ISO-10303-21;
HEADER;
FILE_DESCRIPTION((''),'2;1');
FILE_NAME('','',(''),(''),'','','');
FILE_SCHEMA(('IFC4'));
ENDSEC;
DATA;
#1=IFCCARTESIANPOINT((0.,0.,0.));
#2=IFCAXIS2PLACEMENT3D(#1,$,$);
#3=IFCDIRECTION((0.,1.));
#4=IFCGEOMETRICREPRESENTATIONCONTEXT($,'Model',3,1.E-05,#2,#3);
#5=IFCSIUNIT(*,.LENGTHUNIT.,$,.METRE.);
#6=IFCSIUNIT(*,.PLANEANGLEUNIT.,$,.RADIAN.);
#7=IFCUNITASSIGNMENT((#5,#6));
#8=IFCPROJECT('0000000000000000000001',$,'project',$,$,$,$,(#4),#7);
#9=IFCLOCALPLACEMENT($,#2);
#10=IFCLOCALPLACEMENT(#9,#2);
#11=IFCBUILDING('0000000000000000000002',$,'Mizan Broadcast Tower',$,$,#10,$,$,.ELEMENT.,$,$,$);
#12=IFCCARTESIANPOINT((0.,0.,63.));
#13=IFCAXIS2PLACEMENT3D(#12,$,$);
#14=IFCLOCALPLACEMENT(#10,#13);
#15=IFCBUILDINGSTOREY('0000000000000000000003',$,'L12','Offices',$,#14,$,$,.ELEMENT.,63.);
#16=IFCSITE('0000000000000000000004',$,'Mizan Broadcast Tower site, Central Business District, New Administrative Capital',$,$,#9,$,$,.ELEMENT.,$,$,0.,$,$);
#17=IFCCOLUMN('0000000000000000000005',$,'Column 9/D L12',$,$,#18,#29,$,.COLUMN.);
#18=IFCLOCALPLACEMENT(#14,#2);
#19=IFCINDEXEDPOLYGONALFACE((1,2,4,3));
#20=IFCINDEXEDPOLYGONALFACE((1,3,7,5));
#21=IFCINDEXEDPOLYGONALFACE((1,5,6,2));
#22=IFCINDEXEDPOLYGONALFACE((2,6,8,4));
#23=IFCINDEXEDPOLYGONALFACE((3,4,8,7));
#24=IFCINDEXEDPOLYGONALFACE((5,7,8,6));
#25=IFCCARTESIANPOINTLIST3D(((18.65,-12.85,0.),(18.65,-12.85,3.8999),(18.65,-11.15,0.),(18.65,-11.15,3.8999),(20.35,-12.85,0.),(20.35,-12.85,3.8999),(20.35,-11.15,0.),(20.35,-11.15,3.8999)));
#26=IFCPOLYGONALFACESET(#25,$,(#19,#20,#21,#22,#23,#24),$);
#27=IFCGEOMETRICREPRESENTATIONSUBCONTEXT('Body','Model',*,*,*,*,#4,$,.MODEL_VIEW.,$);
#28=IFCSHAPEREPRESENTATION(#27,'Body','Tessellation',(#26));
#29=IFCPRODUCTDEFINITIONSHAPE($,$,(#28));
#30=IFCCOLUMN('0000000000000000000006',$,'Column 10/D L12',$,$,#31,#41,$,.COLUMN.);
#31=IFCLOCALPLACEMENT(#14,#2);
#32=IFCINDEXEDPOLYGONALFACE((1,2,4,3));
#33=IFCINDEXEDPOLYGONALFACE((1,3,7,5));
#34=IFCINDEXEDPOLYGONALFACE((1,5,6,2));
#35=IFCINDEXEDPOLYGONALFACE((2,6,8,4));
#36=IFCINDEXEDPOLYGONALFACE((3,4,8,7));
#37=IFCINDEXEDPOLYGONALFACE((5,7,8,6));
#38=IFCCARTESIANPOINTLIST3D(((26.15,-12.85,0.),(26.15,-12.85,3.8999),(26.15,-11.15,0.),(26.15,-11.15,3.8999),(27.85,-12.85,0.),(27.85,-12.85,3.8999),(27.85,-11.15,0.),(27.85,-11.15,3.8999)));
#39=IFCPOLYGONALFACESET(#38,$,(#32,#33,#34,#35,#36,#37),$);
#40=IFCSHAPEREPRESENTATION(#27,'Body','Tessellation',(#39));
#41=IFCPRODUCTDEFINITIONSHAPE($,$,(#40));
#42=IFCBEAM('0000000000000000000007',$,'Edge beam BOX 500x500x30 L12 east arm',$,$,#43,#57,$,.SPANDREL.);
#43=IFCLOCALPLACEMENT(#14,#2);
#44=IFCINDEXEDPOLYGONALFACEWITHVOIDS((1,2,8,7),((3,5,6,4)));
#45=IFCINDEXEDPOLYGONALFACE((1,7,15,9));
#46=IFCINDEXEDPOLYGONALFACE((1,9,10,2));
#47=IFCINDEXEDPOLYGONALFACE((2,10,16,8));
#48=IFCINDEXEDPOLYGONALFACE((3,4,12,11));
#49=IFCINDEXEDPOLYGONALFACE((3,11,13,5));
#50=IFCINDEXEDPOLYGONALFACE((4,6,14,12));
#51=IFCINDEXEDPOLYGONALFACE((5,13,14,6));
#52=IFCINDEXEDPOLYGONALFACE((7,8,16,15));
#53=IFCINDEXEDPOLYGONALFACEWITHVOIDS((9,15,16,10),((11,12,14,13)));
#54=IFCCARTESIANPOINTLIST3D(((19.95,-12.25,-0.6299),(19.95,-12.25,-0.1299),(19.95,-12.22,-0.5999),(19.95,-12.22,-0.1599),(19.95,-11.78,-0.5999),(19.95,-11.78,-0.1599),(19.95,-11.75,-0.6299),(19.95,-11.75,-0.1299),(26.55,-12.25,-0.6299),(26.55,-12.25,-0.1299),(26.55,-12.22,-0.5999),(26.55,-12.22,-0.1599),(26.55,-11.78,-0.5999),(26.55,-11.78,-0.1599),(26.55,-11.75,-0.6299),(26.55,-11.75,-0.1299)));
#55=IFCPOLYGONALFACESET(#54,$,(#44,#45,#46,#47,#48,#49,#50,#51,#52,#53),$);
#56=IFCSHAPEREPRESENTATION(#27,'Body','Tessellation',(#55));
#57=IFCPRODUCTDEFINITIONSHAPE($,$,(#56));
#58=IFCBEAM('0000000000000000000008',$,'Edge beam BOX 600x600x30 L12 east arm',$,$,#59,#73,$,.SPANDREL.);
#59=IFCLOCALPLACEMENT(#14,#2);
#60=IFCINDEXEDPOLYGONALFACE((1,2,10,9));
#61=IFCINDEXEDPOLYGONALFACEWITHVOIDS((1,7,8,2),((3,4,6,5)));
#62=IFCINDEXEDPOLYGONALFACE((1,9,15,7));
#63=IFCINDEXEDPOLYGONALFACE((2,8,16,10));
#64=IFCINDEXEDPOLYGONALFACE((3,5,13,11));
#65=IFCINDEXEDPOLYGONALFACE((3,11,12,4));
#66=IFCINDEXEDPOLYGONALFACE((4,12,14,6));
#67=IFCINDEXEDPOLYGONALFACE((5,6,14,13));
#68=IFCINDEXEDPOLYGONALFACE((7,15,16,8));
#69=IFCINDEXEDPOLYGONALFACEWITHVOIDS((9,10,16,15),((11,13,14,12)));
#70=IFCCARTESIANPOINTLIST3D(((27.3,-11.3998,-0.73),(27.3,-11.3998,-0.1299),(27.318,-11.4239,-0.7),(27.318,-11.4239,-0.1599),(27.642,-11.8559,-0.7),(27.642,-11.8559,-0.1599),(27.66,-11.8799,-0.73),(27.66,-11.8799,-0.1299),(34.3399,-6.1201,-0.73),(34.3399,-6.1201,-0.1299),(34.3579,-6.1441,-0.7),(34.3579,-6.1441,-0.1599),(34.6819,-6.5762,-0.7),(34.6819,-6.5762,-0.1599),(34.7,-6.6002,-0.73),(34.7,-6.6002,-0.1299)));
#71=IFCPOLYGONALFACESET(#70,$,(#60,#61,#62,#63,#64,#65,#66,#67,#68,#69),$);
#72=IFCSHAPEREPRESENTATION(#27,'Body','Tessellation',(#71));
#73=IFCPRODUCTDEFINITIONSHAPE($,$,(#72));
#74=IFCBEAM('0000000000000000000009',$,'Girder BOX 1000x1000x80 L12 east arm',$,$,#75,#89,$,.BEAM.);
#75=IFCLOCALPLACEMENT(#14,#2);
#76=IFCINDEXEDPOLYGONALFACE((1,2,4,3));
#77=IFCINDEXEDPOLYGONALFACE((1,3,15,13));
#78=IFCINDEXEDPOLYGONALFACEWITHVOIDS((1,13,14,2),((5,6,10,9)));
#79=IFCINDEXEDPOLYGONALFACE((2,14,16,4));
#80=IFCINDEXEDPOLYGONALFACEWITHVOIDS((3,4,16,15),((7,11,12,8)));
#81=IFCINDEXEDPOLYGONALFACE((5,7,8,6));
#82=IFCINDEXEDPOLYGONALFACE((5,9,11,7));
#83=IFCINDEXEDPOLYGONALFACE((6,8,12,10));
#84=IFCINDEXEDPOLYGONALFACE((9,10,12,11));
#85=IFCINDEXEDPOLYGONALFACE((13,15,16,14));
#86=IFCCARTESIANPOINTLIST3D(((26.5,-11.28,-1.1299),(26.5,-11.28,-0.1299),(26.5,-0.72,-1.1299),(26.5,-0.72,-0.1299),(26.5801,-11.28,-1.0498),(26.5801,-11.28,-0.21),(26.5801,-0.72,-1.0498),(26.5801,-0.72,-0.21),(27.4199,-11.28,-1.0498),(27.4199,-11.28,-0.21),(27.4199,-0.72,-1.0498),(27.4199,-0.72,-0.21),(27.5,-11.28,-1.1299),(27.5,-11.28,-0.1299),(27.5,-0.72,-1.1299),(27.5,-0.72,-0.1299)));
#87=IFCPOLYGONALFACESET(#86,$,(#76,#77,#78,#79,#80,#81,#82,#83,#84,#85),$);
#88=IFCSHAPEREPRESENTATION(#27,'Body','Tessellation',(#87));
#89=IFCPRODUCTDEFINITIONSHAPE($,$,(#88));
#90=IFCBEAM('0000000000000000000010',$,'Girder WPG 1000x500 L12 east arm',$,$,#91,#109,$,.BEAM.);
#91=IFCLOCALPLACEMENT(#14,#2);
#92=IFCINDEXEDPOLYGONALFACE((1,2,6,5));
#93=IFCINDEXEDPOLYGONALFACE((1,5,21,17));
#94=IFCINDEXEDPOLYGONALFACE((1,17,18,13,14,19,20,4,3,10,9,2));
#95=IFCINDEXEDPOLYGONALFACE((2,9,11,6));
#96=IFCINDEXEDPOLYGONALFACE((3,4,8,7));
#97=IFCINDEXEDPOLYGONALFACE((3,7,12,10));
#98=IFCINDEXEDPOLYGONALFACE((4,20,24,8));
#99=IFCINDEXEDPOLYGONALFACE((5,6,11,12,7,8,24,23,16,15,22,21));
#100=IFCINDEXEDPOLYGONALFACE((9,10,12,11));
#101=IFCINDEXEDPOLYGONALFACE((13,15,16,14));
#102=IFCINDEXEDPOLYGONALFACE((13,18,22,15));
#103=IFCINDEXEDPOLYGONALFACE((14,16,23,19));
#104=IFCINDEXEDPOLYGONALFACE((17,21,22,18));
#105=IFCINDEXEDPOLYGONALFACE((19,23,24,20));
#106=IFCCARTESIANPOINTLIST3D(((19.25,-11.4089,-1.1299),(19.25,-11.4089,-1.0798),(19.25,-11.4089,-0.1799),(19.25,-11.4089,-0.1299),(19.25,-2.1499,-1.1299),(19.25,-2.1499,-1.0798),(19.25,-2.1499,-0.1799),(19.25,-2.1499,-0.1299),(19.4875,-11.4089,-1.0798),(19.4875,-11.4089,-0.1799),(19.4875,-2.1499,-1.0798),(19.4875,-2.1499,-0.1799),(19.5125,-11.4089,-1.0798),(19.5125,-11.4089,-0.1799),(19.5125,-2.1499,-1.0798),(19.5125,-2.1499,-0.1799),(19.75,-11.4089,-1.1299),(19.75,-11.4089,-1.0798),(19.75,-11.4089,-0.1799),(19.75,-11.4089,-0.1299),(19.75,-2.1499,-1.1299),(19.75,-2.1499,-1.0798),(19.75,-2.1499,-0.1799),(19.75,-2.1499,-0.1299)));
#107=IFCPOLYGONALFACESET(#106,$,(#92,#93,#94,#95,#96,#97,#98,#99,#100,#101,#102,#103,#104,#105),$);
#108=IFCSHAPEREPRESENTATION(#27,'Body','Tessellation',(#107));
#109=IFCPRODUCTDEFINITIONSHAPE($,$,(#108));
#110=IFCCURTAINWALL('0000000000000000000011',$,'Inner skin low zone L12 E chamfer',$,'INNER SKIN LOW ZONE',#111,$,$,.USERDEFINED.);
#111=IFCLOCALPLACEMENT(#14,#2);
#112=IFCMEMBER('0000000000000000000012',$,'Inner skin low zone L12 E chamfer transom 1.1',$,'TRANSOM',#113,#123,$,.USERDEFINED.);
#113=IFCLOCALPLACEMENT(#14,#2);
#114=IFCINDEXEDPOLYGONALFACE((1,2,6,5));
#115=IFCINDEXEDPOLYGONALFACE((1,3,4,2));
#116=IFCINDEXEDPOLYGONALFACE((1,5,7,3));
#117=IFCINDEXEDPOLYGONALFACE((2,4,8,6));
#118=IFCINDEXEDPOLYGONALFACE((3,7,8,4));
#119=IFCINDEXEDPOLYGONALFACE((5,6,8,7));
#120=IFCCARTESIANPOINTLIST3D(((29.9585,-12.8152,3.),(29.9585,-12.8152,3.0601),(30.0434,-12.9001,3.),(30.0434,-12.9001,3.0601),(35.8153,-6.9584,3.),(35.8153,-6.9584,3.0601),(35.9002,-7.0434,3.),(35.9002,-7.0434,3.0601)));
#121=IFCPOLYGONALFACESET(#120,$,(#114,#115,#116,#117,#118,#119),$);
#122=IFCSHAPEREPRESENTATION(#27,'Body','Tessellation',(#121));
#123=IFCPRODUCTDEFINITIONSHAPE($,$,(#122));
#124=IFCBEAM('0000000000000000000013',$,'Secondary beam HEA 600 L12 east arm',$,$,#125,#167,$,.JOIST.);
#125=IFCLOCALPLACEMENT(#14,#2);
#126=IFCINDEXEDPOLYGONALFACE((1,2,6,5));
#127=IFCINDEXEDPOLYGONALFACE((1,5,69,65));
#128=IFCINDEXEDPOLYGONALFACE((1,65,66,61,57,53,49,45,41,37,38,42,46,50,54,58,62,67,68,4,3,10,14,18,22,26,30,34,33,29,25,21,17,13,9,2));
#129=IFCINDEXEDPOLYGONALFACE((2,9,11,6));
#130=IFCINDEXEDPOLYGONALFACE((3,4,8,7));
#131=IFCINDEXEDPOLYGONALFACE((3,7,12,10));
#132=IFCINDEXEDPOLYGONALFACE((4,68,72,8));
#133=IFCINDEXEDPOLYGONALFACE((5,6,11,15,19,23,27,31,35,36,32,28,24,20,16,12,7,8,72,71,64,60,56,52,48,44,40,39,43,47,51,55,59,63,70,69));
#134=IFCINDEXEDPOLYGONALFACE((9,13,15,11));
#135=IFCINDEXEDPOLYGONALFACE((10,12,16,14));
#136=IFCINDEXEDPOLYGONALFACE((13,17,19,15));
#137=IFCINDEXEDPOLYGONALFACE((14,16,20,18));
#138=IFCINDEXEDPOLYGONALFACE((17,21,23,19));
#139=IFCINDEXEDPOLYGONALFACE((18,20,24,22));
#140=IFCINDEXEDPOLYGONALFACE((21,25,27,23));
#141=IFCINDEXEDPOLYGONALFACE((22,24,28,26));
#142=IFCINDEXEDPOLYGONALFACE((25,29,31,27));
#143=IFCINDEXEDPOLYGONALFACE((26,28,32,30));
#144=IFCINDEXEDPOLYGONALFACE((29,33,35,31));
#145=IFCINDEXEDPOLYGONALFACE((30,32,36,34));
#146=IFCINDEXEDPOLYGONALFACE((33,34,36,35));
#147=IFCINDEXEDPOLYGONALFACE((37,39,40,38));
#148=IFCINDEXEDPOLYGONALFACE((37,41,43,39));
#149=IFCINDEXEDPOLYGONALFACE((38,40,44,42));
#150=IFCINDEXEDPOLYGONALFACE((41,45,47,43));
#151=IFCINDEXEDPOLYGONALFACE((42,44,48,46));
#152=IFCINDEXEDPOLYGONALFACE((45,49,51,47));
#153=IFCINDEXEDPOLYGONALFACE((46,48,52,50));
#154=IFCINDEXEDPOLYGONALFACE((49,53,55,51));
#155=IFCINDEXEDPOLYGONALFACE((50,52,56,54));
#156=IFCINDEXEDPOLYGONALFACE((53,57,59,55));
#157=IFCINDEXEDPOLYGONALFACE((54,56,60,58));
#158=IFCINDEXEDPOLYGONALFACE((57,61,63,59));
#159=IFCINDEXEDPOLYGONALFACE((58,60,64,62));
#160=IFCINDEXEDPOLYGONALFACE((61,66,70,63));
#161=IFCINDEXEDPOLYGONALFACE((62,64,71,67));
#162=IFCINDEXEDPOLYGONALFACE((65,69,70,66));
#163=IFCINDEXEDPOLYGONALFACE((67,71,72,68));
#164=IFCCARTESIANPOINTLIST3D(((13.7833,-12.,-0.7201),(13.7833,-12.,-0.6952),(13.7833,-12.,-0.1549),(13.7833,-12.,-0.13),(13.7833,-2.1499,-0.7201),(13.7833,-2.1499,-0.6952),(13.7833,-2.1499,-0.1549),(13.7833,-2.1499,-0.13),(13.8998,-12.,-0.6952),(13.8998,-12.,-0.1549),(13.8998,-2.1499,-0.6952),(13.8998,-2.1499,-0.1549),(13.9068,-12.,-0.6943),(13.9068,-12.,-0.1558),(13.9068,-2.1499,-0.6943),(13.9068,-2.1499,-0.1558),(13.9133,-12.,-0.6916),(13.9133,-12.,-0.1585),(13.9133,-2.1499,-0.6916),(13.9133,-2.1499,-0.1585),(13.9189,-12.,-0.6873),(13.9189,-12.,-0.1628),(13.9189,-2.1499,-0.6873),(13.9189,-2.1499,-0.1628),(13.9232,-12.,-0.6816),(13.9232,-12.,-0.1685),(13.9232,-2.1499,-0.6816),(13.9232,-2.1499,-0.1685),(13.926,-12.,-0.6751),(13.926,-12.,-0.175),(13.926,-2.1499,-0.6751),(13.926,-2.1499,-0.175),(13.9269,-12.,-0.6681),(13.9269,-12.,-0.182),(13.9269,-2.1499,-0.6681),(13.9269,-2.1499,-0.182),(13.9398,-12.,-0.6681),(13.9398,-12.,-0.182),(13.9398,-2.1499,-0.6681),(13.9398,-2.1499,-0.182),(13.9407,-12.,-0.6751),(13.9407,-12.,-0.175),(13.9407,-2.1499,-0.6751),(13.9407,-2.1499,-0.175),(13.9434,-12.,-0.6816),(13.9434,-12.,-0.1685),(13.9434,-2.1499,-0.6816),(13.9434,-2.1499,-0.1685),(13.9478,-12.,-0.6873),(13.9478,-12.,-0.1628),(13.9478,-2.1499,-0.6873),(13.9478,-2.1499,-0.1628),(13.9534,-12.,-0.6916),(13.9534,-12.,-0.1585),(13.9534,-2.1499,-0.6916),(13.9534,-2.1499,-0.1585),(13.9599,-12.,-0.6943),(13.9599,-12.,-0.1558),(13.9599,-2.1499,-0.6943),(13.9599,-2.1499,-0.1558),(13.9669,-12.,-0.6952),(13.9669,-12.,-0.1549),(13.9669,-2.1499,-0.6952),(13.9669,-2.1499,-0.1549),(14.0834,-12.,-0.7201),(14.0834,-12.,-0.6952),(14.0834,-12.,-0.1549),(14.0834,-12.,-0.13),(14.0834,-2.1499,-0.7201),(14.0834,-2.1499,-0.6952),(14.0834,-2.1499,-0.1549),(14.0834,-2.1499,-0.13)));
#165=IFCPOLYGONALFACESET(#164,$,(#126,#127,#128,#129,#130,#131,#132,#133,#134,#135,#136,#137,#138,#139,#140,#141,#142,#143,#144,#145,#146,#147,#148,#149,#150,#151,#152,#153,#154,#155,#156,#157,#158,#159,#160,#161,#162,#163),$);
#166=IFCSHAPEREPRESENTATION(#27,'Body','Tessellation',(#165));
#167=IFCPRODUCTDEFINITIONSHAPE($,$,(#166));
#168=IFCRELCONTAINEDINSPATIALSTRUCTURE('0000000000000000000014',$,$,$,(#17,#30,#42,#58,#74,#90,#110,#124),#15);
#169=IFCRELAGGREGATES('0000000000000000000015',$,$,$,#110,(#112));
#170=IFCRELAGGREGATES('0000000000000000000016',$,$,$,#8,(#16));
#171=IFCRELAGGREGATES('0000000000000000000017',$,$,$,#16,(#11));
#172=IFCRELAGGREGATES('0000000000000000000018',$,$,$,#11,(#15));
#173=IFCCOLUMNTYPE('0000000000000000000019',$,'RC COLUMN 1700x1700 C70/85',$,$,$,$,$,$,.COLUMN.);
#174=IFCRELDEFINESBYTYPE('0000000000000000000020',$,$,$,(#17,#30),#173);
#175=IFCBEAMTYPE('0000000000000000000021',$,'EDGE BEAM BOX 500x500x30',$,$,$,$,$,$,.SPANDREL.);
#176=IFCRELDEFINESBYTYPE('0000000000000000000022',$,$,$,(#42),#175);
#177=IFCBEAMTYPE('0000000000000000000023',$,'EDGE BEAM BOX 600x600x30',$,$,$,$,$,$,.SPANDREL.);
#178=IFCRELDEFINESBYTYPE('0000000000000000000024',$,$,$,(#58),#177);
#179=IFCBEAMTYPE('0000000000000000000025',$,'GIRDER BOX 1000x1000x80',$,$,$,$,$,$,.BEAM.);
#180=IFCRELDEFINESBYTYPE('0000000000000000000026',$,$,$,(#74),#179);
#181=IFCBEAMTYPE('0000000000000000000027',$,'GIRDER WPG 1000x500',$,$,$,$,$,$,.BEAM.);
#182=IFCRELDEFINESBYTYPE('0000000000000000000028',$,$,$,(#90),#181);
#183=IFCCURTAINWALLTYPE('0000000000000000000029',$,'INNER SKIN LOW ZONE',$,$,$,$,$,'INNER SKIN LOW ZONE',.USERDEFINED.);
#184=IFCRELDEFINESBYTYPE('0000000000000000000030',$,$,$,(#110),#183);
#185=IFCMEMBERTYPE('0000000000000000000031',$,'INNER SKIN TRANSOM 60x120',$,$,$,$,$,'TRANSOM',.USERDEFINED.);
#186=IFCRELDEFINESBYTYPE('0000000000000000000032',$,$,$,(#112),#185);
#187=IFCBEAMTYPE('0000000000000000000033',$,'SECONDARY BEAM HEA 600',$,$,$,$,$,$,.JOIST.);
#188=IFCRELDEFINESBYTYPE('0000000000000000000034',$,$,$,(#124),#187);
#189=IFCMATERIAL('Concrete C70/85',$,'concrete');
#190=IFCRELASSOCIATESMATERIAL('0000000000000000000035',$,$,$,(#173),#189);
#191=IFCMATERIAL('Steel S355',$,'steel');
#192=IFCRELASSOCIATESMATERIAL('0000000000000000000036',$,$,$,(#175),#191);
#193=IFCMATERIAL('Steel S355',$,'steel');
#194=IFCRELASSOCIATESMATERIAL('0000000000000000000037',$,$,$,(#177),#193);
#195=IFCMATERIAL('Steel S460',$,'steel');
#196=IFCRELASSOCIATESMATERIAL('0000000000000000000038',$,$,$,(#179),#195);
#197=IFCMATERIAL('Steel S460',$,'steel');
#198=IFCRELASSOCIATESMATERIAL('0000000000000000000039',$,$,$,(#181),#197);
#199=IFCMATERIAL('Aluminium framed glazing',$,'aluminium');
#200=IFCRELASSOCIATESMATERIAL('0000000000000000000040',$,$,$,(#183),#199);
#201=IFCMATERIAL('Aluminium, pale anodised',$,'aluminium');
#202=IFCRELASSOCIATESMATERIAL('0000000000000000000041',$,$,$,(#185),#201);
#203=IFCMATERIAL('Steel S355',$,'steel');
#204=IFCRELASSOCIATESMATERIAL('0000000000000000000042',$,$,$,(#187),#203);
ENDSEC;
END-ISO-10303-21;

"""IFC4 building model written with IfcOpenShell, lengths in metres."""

from ifc_helpers import new_model, si_unit, direction, frame, origin, origin_2d, place, context, subcontext, project, spatial, rectangle, hollow_rectangle, i_section, extrude, material, material_profile, profile_set, type_object, element, aggregate, save


model = new_model("IFC4")

# Units and contexts
model_context = context("Model", 3, precision=1e-05, world=origin(), true_north=direction((0.0, 1.0)))
body_context = subcontext(model_context, "Body", "Model", "MODEL_VIEW")
ifc_project = project(units=[si_unit("LENGTHUNIT", "METRE"), si_unit("PLANEANGLEUNIT", "RADIAN")], contexts=[model_context])

# Site, building, storey
site_placement = place(None, origin())
site = spatial("IfcSite", under=ifc_project, at=site_placement, Name="Mizan Broadcast Tower site, Central Business District, New Administrative Capital", CompositionType="ELEMENT", RefElevation=0.0)
building_placement = place(site_placement, origin())
building = spatial("IfcBuilding", under=site, at=building_placement, Name="Mizan Broadcast Tower", CompositionType="ELEMENT")
storey_placement = place(building_placement, frame((0.0, 0.0, 63.0)))
storey = spatial("IfcBuildingStorey", under=building, at=storey_placement, Name="L12", Description="Offices", CompositionType="ELEMENT", Elevation=63.0)

# Columns
ifc_material_1 = material(Name="Concrete C70/85", Category="concrete")
ifc_material_profile_1 = material_profile(ifc_material_1, rectangle(XDim=1.7, YDim=1.7, at=origin_2d()), Name="RC 1700x1700")
ifc_profile_set_1 = profile_set([ifc_material_profile_1], Name="Concrete C70/85")
column_type = type_object("IfcColumnType", Name="RC COLUMN 1700x1700 C70/85", PredefinedType="COLUMN", material=ifc_profile_set_1)
for number, where, z_axis, x_axis, name in (
    (1, (19.5, -12.0, 0.0), (0.0, 0.0, 1.0), (1.0, 0.0, 0.0), "Column 9/D L12"),
    (2, (27.0, -12.0, 0.0), (0.0, 0.0, 1.0), (1.0, 0.0, 0.0), "Column 10/D L12"),
):
    element("IfcColumn", number, at=place(storey_placement, frame(where, z_axis=z_axis, x_axis=x_axis)), inside=storey, type_object=column_type, Name=name, PredefinedType="COLUMN", context=body_context, shape_type="SweptSolid", body=[
        extrude(rectangle(XDim=1.7, YDim=1.7, at=origin_2d()), origin(), (0.0, 0.0, 1.0), 3.8999),
    ])

# Beams
ifc_material_2 = material(Name="Steel S355", Category="steel")
ifc_material_profile_2 = material_profile(ifc_material_2, hollow_rectangle(XDim=0.5, YDim=0.5, WallThickness=0.03, at=origin_2d()), Name="BOX 500x500x30")
ifc_profile_set_2 = profile_set([ifc_material_profile_2], Name="Steel S355")
beam_type_1 = type_object("IfcBeamType", Name="EDGE BEAM BOX 500x500x30", PredefinedType="SPANDREL", material=ifc_profile_set_2)
beam_1_placement = place(storey_placement, frame((19.95, -12.0, -0.3799), z_axis=(1.0, 0.0, 0.0), x_axis=(0.0, 1.0, 0.0)))
element("IfcBeam", 3, at=beam_1_placement, inside=storey, type_object=beam_type_1, Name="Edge beam BOX 500x500x30 L12 east arm", PredefinedType="SPANDREL", context=body_context, shape_type="SweptSolid", body=[
    extrude(hollow_rectangle(XDim=0.5, YDim=0.5, WallThickness=0.03, at=origin_2d()), origin(), (0.0, 0.0, 1.0), 6.6001),
])
ifc_material_3 = material(Name="Steel S355", Category="steel")
ifc_material_profile_3 = material_profile(ifc_material_3, hollow_rectangle(XDim=0.6001, YDim=0.6001, WallThickness=0.03, at=origin_2d()), Name="BOX 600x600x30")
ifc_profile_set_3 = profile_set([ifc_material_profile_3], Name="Steel S355")
beam_type_2 = type_object("IfcBeamType", Name="EDGE BEAM BOX 600x600x30", PredefinedType="SPANDREL", material=ifc_profile_set_3)
beam_2_placement = place(storey_placement, frame((27.48, -11.6399, -0.4299), z_axis=(0.800013, 0.599982, 0.0), x_axis=(-0.599982, 0.800013, 0.0)))
element("IfcBeam", 4, at=beam_2_placement, inside=storey, type_object=beam_type_2, Name="Edge beam BOX 600x600x30 L12 east arm", PredefinedType="SPANDREL", context=body_context, shape_type="SweptSolid", body=[
    extrude(hollow_rectangle(XDim=0.6001, YDim=0.6001, WallThickness=0.03, at=origin_2d()), origin(), (0.0, 0.0, 1.0), 8.7998),
])
ifc_material_4 = material(Name="Steel S460", Category="steel")
ifc_material_profile_4 = material_profile(ifc_material_4, hollow_rectangle(XDim=1.0, YDim=1.0, WallThickness=0.0801, at=origin_2d()), Name="BOX 1000x1000x80")
ifc_profile_set_4 = profile_set([ifc_material_profile_4], Name="Steel S460")
beam_type_3 = type_object("IfcBeamType", Name="GIRDER BOX 1000x1000x80", PredefinedType="BEAM", material=ifc_profile_set_4)
beam_3_placement = place(storey_placement, frame((27.0, -11.28, -0.6299), z_axis=(0.0, 1.0, 0.0), x_axis=(-1.0, 0.0, 0.0)))
element("IfcBeam", 5, at=beam_3_placement, inside=storey, type_object=beam_type_3, Name="Girder BOX 1000x1000x80 L12 east arm", PredefinedType="BEAM", context=body_context, shape_type="SweptSolid", body=[
    extrude(hollow_rectangle(XDim=1.0, YDim=1.0, WallThickness=0.0801, at=origin_2d()), origin(), (0.0, 0.0, 1.0), 10.5601),
])
ifc_material_5 = material(Name="Steel S460", Category="steel")
ifc_material_profile_5 = material_profile(ifc_material_5, i_section(OverallWidth=0.5, OverallDepth=1.0, WebThickness=0.0249, FlangeThickness=0.05, at=origin_2d()), Name="WPG 1000x500")
ifc_profile_set_5 = profile_set([ifc_material_profile_5], Name="Steel S460")
beam_type_4 = type_object("IfcBeamType", Name="GIRDER WPG 1000x500", PredefinedType="BEAM", material=ifc_profile_set_5)
beam_4_placement = place(storey_placement, frame((19.5, -11.4089, -0.6299), z_axis=(0.0, 1.0, 0.0), x_axis=(-1.0, 0.0, 0.0)))
element("IfcBeam", 6, at=beam_4_placement, inside=storey, type_object=beam_type_4, Name="Girder WPG 1000x500 L12 east arm", PredefinedType="BEAM", context=body_context, shape_type="SweptSolid", body=[
    extrude(i_section(OverallWidth=0.5, OverallDepth=1.0, WebThickness=0.0249, FlangeThickness=0.05, at=origin_2d()), origin(), (0.0, 0.0, 1.0), 9.259),
])

# Curtain wall, member
ifc_material_6 = material(Name="Aluminium framed glazing", Category="aluminium")
curtain_wall_type = type_object("IfcCurtainWallType", Name="INNER SKIN LOW ZONE", ElementType="INNER SKIN LOW ZONE", PredefinedType="USERDEFINED", material=ifc_material_6)
curtain_wall_placement = place(storey_placement, origin())
curtain_wall = element("IfcCurtainWall", 7, at=curtain_wall_placement, inside=storey, type_object=curtain_wall_type, Name="Inner skin low zone L12 E chamfer", ObjectType="INNER SKIN LOW ZONE", PredefinedType="USERDEFINED")
ifc_material_7 = material(Name="Aluminium, pale anodised", Category="aluminium")
ifc_material_profile_6 = material_profile(ifc_material_7, rectangle(XDim=0.1201, YDim=0.0601, at=origin_2d()), Name="TRANSOM 120x60")
ifc_profile_set_6 = profile_set([ifc_material_profile_6], Name="Aluminium, pale anodised")
member_type = type_object("IfcMemberType", Name="INNER SKIN TRANSOM 60x120", ElementType="TRANSOM", PredefinedType="USERDEFINED", material=ifc_profile_set_6)
member_placement = place(storey_placement, frame((30.001, -12.8577, 3.03), z_axis=(0.707107, 0.707107, 0.0), x_axis=(-0.707107, 0.707107, 0.0)))
member = element("IfcMember", 8, at=member_placement, type_object=member_type, Name="Inner skin low zone L12 E chamfer transom 1.1", ObjectType="TRANSOM", PredefinedType="USERDEFINED", context=body_context, shape_type="SweptSolid", body=[
    extrude(rectangle(XDim=0.1201, YDim=0.0601, at=origin_2d()), origin(), (0.0, 0.0, 1.0), 8.2827),
])
aggregate(curtain_wall, [member])

# Beam
ifc_material_8 = material(Name="Steel S355", Category="steel")
ifc_material_profile_7 = material_profile(ifc_material_8, i_section(OverallWidth=0.3, OverallDepth=0.5901, WebThickness=0.0129, FlangeThickness=0.0249, FilletRadius=0.0271, at=origin_2d()), Name="HEA 600")
ifc_profile_set_7 = profile_set([ifc_material_profile_7], Name="Steel S355")
beam_type_5 = type_object("IfcBeamType", Name="SECONDARY BEAM HEA 600", PredefinedType="JOIST", material=ifc_profile_set_7)
for number, where, z_axis, x_axis, name in (
    (9, (13.9333, -12.0, -0.425), (0.0, 1.0, 0.0), (-1.0, 0.0, 0.0), "Secondary beam HEA 600 L12 east arm"),
):
    element("IfcBeam", number, at=place(storey_placement, frame(where, z_axis=z_axis, x_axis=x_axis)), inside=storey, type_object=beam_type_5, Name=name, PredefinedType="JOIST", context=body_context, shape_type="SweptSolid", body=[
        extrude(i_section(OverallWidth=0.3, OverallDepth=0.5901, WebThickness=0.0129, FlangeThickness=0.0249, FilletRadius=0.0271, at=origin_2d()), origin(), (0.0, 0.0, 1.0), 9.8501),
    ])

save(model, "model.ifc")
